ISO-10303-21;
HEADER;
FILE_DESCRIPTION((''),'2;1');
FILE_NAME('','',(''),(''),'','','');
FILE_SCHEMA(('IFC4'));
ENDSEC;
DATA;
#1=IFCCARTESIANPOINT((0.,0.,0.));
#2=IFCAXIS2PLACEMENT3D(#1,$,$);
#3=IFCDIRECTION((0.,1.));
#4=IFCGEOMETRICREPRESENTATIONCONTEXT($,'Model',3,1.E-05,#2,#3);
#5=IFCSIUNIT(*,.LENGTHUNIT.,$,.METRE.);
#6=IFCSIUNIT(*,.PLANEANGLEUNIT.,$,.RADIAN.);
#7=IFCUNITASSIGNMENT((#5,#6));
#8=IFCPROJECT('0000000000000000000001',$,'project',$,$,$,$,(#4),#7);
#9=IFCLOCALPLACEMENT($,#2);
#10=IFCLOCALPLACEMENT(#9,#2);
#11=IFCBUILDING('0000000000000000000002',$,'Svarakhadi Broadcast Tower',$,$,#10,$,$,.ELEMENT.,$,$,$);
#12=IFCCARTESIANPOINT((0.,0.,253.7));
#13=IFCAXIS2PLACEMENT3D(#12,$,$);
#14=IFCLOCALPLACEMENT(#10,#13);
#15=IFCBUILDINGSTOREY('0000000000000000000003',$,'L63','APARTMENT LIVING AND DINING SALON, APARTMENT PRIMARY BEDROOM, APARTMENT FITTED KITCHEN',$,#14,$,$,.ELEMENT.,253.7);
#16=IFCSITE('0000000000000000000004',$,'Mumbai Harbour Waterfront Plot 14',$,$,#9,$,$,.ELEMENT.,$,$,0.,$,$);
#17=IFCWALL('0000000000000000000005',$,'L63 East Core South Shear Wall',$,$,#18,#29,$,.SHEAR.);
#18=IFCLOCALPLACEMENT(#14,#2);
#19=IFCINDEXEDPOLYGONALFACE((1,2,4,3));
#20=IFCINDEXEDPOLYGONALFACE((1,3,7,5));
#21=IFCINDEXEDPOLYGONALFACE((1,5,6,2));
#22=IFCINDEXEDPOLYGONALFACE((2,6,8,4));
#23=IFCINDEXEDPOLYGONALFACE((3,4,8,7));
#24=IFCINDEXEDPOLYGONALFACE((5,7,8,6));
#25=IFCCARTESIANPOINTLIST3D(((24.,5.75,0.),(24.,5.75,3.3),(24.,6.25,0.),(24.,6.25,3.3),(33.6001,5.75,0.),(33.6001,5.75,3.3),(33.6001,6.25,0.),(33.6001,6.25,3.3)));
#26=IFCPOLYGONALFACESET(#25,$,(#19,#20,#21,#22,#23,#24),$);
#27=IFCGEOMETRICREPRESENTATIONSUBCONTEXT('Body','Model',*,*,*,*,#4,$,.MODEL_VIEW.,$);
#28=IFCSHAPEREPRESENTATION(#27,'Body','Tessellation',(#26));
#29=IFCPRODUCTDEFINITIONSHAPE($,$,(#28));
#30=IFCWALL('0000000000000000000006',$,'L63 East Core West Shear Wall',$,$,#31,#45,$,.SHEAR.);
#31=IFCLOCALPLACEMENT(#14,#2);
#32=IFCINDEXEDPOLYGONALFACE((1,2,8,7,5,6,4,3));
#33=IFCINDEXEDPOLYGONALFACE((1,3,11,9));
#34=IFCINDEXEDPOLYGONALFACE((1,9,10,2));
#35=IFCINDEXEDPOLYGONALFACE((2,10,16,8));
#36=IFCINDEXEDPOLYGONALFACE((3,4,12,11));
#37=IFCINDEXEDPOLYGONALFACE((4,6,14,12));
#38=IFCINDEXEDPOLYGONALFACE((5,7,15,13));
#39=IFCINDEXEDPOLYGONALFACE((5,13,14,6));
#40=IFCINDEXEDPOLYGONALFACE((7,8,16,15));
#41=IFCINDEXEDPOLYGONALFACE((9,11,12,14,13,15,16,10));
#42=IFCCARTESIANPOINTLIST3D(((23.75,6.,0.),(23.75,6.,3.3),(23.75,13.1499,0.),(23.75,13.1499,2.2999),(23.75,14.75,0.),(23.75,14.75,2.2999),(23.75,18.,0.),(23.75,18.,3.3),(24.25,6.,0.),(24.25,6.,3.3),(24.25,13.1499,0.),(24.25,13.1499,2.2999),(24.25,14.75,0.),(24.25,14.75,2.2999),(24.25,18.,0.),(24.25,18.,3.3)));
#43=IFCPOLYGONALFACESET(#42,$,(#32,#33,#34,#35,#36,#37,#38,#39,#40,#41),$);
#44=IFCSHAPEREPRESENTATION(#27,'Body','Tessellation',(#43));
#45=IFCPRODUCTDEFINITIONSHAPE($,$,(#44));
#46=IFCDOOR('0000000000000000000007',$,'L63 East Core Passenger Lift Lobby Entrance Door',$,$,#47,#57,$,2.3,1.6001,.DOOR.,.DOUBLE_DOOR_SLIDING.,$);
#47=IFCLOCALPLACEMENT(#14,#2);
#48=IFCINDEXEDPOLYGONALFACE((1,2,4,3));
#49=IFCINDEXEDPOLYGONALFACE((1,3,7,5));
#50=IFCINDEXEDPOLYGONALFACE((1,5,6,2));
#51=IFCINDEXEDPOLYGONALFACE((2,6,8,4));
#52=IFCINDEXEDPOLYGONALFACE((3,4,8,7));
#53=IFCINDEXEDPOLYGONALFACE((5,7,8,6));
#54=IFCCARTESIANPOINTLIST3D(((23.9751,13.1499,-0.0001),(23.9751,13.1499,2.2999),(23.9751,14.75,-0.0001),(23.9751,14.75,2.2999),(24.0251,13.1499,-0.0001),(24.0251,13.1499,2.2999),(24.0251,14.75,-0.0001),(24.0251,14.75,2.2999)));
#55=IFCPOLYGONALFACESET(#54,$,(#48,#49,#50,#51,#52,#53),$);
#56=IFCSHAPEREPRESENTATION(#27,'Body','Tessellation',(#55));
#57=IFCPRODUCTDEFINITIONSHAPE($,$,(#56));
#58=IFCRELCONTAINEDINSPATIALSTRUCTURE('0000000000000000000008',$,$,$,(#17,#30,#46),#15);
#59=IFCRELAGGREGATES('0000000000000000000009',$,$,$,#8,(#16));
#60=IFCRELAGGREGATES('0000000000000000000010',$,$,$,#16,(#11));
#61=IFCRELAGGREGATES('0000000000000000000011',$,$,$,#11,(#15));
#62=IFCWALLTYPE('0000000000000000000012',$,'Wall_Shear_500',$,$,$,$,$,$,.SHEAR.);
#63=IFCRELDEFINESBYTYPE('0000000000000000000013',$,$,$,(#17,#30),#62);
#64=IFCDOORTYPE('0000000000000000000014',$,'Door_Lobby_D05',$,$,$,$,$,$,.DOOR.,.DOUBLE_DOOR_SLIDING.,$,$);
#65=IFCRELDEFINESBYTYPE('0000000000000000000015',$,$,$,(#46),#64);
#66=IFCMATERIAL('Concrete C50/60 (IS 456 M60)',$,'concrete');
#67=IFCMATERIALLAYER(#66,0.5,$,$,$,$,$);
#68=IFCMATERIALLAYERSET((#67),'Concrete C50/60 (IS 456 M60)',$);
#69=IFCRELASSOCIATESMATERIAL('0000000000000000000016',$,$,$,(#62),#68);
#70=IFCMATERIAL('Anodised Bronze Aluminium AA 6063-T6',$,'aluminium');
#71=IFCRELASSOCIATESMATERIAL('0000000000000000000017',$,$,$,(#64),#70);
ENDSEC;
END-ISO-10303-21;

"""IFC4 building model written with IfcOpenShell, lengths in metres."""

from ifc_helpers import new_model, si_unit, direction, frame, frame_2d, origin, place, context, subcontext, project, spatial, rectangle, extrude, material, layer, layer_set, type_object, element, fill, save


model = new_model("IFC4")

# Units and contexts
model_context = context("Model", 3, precision=1e-05, world=origin(), true_north=direction((0.0, 1.0)))
body_context = subcontext(model_context, "Body", "Model", "MODEL_VIEW")
ifc_project = project(units=[si_unit("LENGTHUNIT", "METRE"), si_unit("PLANEANGLEUNIT", "RADIAN")], contexts=[model_context])

# Site, building, storey
site_placement = place(None, origin())
site = spatial("IfcSite", under=ifc_project, at=site_placement, Name="Mumbai Harbour Waterfront Plot 14", CompositionType="ELEMENT", RefElevation=0.0)
building_placement = place(site_placement, origin())
building = spatial("IfcBuilding", under=site, at=building_placement, Name="Svarakhadi Broadcast Tower", CompositionType="ELEMENT")
storey_placement = place(building_placement, frame((0.0, 0.0, 253.7)))
storey = spatial("IfcBuildingStorey", under=building, at=storey_placement, Name="L63", Description="APARTMENT LIVING AND DINING SALON, APARTMENT PRIMARY BEDROOM, APARTMENT FITTED KITCHEN", CompositionType="ELEMENT", Elevation=253.7)

# Shared definitions
ifc_material_1 = material(Name="Concrete C50/60 (IS 456 M60)", Category="concrete")

# Wall
ifc_layer_1 = layer(ifc_material_1, 0.5)
ifc_layer_set_1 = layer_set([ifc_layer_1], Name="Concrete C50/60 (IS 456 M60)")
wall_type_1 = type_object("IfcWallType", Name="Wall_Shear_500", PredefinedType="SHEAR", material=ifc_layer_set_1)
wall_1_placement = place(storey_placement, frame((24.0, 6.0, 0.0), z_axis=(0.0, 0.0, 1.0), x_axis=(1.0, 0.0, 0.0)))
element("IfcWall", 1, at=wall_1_placement, inside=storey, type_object=wall_type_1, Name="L63 East Core South Shear Wall", PredefinedType="SHEAR", context=body_context, shape_type="SweptSolid", body=[
    extrude(rectangle(XDim=9.6001, YDim=0.5, at=frame_2d((4.8, 0.0))), origin(), (0.0, 0.0, 1.0), 3.3),
])

# Wall, opening, door
wall_2_placement = place(storey_placement, frame((24.0, 6.0, 0.0), z_axis=(0.0, 0.0, 1.0), x_axis=(0.0, 1.0, 0.0)))
wall_2 = element("IfcWall", 2, at=wall_2_placement, inside=storey, type_object=wall_type_1, Name="L63 East Core West Shear Wall", PredefinedType="SHEAR", context=body_context, shape_type="SweptSolid", body=[
    extrude(rectangle(XDim=12.0, YDim=0.5, at=frame_2d((6.0, 0.0))), origin(), (0.0, 0.0, 1.0), 3.3),
])
opening_1_placement = place(wall_2_placement, frame((7.1499, 0.0, 0.0)))
opening_1 = element("IfcOpeningElement", 3, at=opening_1_placement, cuts=wall_2, PredefinedType="OPENING", context=body_context, shape_type="SweptSolid", body=[
    extrude(rectangle(XDim=1.6001, YDim=2.3, at=frame_2d((0.8, 1.1499))), frame((0.0, 0.26, 0.0), z_axis=(0.0, -1.0, 0.0), x_axis=(1.0, 0.0, 0.0)), (0.0, 0.0, 1.0), 0.52),
])
ifc_material_2 = material(Name="Anodised Bronze Aluminium AA 6063-T6", Category="aluminium")
door_type_1 = type_object("IfcDoorType", Name="Door_Lobby_D05", OperationType="DOUBLE_DOOR_SLIDING", PredefinedType="DOOR", material=ifc_material_2)
door_1_placement = place(opening_1_placement, origin())
door_1 = element("IfcDoor", 4, at=door_1_placement, inside=storey, type_object=door_type_1, Name="L63 East Core Passenger Lift Lobby Entrance Door", OperationType="DOUBLE_DOOR_SLIDING", OverallHeight=2.3, OverallWidth=1.6001, PredefinedType="DOOR", context=body_context, shape_type="SweptSolid", body=[
    extrude(rectangle(XDim=1.6001, YDim=2.3, at=frame_2d((0.8, 1.1499))), frame((0.0, 0.0249, 0.0), z_axis=(0.0, -1.0, 0.0), x_axis=(1.0, 0.0, 0.0)), (0.0, 0.0, 1.0), 0.05),
])
fill(opening_1, door_1)

save(model, "model.ifc")
